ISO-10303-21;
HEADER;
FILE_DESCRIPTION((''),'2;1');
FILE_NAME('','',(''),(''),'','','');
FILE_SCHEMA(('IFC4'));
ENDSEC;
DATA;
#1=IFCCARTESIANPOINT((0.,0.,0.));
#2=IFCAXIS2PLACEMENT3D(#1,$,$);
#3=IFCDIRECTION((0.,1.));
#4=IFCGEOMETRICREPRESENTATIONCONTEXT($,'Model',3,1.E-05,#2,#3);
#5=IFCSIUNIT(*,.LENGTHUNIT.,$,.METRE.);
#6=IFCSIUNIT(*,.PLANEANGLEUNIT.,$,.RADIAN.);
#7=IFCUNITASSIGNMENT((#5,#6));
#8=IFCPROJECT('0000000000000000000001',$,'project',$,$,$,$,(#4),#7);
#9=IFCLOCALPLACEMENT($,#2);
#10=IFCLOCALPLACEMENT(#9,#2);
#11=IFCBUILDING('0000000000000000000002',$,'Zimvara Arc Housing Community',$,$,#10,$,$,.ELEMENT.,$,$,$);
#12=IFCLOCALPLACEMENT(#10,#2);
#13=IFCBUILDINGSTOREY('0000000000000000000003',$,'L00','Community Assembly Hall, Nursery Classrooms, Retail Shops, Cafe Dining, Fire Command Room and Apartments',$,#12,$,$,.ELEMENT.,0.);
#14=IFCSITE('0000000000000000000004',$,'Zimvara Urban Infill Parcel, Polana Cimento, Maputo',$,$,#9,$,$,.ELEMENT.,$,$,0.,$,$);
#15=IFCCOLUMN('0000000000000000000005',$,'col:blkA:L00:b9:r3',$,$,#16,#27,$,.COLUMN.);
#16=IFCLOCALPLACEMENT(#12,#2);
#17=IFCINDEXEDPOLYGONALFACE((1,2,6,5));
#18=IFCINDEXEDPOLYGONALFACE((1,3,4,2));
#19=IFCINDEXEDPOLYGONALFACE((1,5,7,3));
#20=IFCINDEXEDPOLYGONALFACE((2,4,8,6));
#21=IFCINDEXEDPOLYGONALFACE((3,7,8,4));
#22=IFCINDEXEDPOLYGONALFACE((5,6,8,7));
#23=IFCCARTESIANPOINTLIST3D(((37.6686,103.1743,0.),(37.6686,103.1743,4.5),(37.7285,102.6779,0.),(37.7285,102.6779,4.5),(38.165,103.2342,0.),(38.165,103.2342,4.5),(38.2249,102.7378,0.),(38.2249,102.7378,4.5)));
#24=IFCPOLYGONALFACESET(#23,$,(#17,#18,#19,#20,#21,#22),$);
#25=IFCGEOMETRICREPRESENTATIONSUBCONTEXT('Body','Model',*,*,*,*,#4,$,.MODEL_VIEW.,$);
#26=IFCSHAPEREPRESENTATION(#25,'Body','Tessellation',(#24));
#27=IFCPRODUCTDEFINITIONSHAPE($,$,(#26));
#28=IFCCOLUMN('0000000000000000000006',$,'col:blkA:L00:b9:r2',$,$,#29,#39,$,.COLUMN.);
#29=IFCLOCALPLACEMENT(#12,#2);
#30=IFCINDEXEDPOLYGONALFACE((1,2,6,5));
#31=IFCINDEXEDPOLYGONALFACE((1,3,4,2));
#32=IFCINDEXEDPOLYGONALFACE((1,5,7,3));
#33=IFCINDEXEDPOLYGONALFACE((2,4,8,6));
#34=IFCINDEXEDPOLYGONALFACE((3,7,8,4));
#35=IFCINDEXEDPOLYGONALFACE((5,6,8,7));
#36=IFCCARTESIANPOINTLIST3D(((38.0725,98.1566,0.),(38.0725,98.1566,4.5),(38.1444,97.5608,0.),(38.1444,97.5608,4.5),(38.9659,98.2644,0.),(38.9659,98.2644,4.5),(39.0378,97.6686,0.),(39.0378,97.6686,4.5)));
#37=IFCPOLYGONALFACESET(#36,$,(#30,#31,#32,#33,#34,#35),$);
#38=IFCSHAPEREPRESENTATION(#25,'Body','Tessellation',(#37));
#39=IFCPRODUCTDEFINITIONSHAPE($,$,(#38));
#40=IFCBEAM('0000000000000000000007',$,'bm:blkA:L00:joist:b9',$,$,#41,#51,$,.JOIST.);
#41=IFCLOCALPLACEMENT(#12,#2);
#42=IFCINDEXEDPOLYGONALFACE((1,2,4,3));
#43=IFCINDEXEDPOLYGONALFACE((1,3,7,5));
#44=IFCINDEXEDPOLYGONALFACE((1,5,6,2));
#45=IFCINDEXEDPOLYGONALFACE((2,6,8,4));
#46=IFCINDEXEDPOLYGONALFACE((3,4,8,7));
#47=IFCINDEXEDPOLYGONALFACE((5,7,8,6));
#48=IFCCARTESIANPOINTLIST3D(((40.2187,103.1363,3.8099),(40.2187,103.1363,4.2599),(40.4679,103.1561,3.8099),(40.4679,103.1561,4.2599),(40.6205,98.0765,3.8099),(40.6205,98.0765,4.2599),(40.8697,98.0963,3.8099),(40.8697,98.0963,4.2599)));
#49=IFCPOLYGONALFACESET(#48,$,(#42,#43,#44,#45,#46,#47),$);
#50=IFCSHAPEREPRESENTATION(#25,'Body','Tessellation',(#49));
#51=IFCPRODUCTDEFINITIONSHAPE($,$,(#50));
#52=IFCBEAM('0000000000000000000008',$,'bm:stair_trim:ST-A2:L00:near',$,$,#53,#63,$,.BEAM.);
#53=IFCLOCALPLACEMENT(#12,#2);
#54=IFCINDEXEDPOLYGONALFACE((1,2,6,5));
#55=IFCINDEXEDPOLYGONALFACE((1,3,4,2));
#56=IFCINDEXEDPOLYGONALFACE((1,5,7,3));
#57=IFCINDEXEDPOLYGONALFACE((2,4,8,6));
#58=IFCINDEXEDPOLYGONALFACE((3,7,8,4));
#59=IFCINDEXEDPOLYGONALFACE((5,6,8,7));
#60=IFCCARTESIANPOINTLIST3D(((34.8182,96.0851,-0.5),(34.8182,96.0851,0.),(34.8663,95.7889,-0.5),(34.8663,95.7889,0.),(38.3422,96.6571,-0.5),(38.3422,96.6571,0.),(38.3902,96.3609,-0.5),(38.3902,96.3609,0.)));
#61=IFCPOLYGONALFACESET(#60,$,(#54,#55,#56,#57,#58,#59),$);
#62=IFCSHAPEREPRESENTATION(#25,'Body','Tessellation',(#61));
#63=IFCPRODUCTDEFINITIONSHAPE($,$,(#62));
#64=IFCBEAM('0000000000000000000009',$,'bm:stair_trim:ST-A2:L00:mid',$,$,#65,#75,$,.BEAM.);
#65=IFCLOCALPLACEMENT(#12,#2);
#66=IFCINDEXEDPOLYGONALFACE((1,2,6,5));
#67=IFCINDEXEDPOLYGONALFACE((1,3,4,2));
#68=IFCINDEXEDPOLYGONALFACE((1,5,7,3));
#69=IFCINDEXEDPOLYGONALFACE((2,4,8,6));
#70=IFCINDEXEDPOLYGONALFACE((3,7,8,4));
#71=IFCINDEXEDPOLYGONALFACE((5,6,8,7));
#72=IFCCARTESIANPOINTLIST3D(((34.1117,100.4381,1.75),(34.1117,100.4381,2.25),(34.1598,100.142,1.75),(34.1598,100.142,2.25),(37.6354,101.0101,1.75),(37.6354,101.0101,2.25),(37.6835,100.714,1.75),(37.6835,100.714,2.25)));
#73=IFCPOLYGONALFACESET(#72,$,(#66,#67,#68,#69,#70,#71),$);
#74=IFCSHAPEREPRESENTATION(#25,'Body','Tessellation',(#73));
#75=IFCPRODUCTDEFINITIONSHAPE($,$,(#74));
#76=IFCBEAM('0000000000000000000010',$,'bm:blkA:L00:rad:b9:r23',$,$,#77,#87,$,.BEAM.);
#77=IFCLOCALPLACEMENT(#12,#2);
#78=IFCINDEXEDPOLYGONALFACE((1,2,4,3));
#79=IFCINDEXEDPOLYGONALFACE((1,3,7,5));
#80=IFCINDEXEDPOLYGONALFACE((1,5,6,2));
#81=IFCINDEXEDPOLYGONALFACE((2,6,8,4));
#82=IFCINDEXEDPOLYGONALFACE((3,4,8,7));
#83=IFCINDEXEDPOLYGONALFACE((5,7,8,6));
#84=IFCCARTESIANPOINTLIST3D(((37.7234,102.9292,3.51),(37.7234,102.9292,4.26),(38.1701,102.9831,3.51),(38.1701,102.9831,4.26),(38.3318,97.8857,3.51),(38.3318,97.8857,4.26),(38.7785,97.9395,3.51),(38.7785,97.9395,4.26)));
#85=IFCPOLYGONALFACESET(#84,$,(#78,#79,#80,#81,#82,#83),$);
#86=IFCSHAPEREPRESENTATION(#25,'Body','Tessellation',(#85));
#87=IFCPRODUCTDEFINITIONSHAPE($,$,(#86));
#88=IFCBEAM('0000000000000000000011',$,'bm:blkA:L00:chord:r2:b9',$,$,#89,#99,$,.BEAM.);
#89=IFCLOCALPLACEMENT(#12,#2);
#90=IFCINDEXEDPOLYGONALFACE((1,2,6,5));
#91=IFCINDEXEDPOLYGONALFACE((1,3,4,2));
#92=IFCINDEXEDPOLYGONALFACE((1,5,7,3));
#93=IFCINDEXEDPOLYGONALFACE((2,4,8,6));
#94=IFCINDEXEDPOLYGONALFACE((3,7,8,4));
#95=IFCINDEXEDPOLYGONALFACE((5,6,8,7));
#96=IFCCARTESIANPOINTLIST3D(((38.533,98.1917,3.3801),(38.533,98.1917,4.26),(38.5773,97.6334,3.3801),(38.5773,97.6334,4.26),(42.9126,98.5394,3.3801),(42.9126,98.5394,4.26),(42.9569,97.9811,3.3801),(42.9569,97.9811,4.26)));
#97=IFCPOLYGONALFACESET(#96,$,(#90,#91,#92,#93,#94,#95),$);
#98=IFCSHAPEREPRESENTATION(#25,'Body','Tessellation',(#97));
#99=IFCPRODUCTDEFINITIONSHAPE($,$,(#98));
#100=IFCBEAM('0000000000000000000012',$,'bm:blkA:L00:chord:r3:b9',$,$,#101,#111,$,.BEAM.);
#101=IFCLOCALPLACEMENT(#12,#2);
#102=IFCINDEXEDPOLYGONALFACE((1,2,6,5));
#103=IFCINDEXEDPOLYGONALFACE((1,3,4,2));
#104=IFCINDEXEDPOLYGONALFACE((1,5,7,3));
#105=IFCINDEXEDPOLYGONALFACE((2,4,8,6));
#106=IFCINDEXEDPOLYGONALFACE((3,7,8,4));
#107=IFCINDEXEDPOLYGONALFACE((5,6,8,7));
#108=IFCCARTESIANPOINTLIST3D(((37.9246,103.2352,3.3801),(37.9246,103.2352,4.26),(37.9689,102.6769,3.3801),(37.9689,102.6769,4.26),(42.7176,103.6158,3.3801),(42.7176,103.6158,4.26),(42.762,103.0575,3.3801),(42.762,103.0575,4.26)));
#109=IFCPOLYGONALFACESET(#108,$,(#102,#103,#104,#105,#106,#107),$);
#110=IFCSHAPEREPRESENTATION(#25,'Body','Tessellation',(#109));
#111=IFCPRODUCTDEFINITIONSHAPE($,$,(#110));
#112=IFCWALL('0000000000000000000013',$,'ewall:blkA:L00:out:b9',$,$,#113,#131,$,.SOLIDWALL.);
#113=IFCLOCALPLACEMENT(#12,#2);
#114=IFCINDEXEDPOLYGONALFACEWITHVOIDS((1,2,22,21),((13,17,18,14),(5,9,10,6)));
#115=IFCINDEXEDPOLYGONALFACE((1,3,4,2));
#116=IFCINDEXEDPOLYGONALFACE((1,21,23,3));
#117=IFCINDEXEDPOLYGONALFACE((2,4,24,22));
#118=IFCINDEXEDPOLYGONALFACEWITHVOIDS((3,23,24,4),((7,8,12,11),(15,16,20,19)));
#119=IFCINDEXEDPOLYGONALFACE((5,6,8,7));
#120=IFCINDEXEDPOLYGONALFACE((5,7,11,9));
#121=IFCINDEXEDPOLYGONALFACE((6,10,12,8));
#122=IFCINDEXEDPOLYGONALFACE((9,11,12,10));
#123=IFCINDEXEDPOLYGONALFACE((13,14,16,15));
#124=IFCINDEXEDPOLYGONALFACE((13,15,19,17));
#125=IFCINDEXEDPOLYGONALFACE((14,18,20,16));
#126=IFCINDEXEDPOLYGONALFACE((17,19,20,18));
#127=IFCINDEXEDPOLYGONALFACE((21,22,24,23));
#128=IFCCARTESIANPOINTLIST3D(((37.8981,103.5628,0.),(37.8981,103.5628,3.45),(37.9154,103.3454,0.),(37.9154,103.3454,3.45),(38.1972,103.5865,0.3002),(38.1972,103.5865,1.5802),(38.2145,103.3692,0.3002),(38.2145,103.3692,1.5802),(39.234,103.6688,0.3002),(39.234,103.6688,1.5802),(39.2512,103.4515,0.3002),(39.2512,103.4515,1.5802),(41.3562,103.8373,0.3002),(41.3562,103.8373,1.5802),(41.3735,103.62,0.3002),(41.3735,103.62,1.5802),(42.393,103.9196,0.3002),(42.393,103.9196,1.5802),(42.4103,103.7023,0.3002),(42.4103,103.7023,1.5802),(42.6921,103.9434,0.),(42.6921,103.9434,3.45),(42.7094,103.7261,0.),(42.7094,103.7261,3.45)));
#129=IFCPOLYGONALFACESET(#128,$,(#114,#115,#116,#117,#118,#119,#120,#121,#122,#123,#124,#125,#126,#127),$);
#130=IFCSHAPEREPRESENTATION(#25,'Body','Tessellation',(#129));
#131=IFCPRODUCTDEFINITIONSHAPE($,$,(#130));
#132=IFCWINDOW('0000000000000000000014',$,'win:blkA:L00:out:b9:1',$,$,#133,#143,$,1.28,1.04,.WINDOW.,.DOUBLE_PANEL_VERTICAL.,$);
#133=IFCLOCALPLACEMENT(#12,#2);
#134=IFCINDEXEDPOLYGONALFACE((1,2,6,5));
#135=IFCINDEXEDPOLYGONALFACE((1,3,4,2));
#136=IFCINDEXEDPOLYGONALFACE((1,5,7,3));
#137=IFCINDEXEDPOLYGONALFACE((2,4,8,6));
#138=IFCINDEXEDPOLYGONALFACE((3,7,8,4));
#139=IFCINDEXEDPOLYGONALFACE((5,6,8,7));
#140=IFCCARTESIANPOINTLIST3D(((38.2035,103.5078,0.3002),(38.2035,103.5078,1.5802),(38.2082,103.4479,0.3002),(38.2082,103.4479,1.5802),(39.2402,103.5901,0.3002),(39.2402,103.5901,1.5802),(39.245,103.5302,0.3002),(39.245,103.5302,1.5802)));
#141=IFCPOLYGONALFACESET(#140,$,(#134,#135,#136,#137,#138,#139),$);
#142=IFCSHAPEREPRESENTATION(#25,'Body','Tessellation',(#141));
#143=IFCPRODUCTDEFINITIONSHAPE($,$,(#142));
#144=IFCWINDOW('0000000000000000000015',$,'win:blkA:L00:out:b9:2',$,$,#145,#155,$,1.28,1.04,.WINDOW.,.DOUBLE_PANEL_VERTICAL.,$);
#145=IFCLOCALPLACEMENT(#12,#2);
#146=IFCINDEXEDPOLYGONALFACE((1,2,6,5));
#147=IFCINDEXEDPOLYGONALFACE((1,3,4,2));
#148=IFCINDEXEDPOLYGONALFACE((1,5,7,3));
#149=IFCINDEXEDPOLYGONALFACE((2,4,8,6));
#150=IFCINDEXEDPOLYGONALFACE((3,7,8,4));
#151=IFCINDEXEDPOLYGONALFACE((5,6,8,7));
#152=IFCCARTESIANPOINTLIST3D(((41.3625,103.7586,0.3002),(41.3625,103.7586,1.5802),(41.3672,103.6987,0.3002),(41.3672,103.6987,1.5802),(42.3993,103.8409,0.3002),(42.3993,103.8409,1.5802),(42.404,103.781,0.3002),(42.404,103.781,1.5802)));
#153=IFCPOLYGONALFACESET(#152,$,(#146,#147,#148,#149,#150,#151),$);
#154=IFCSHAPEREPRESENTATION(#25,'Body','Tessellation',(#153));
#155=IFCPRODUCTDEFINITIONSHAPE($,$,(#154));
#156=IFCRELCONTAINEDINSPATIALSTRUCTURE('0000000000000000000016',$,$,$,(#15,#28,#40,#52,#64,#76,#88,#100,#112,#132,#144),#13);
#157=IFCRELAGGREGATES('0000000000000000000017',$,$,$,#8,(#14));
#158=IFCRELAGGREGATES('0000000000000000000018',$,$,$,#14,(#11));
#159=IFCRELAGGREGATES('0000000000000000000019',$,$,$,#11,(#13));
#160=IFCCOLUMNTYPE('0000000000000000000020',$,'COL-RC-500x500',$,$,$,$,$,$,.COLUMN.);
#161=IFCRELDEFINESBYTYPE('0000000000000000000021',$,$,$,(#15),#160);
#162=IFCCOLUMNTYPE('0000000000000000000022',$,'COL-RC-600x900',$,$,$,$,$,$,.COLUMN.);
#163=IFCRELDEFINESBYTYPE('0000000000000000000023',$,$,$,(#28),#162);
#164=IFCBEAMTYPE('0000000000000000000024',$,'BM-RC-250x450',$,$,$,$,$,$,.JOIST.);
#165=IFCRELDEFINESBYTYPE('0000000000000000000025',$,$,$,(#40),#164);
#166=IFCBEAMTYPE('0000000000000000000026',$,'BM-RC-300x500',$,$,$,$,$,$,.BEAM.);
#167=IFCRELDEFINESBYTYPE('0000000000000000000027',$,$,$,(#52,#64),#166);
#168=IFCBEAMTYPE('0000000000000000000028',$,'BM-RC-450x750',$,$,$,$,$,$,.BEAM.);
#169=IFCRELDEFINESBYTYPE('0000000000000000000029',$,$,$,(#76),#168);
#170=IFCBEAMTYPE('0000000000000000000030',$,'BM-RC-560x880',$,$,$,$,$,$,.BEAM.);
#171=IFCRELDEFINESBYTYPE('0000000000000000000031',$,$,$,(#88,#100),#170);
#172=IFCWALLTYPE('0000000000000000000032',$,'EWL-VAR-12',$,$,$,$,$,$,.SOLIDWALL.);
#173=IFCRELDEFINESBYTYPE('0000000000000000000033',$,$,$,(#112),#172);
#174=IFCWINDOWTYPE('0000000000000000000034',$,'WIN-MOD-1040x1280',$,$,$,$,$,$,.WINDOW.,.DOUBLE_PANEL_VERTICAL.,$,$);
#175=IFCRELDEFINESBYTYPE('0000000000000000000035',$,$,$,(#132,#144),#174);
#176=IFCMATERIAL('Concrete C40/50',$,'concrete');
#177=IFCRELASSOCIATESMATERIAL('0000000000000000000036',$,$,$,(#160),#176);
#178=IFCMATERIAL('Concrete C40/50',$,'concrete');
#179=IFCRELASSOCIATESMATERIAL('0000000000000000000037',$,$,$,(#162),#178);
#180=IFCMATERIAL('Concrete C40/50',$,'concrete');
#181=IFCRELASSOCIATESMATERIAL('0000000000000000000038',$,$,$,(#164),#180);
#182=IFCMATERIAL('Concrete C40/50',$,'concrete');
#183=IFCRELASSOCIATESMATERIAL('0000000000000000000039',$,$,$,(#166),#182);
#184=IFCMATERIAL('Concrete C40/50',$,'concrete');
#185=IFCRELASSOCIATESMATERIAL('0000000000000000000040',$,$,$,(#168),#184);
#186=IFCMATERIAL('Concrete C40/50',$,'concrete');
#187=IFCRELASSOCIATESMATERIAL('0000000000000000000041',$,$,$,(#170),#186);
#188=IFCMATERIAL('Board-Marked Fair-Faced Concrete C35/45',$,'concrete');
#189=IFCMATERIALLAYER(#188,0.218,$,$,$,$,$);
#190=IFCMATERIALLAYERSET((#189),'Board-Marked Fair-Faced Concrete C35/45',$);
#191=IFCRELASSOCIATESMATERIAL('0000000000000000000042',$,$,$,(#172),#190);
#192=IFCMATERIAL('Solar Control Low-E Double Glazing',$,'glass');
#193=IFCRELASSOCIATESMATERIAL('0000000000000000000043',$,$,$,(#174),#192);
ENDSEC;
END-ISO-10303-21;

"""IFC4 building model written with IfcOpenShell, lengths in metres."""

from ifc_helpers import new_model, si_unit, direction, frame, frame_2d, origin, origin_2d, place, context, subcontext, project, spatial, rectangle, extrude, material, layer, layer_set, material_profile, profile_set, type_object, element, fill, save


model = new_model("IFC4")

# Units and contexts
model_context = context("Model", 3, precision=1e-05, world=origin(), true_north=direction((0.0, 1.0)))
body_context = subcontext(model_context, "Body", "Model", "MODEL_VIEW")
ifc_project = project(units=[si_unit("LENGTHUNIT", "METRE"), si_unit("PLANEANGLEUNIT", "RADIAN")], contexts=[model_context])

# Site, building, storey
site_placement = place(None, origin())
site = spatial("IfcSite", under=ifc_project, at=site_placement, Name="Zimvara Urban Infill Parcel, Polana Cimento, Maputo", CompositionType="ELEMENT", RefElevation=0.0)
building_placement = place(site_placement, origin())
building = spatial("IfcBuilding", under=site, at=building_placement, Name="Zimvara Arc Housing Community", CompositionType="ELEMENT")
storey_placement = place(building_placement, origin())
storey = spatial("IfcBuildingStorey", under=building, at=storey_placement, Name="L00", Description="Community Assembly Hall, Nursery Classrooms, Retail Shops, Cafe Dining, Fire Command Room and Apartments", CompositionType="ELEMENT", Elevation=0.0)

# Columns
ifc_material_1 = material(Name="Concrete C40/50", Category="concrete")
ifc_material_profile_1 = material_profile(ifc_material_1, rectangle(XDim=0.5, YDim=0.5, at=origin_2d()), Name="RC 500x500")
ifc_profile_set_1 = profile_set([ifc_material_profile_1], Name="Concrete C40/50")
column_type_1 = type_object("IfcColumnType", Name="COL-RC-500x500", PredefinedType="COLUMN", material=ifc_profile_set_1)
column_1_placement = place(storey_placement, frame((37.9468, 102.9561, 0.0), z_axis=(0.0, 0.0, 1.0), x_axis=(-0.11979, 0.992799, 0.0)))
element("IfcColumn", 1, at=column_1_placement, inside=storey, type_object=column_type_1, Name="col:blkA:L00:b9:r3", PredefinedType="COLUMN", context=body_context, shape_type="SweptSolid", body=[
    extrude(rectangle(XDim=0.5, YDim=0.5, at=origin_2d()), origin(), (0.0, 0.0, 1.0), 4.5),
])
ifc_material_2 = material(Name="Concrete C40/50", Category="concrete")
ifc_material_profile_2 = material_profile(ifc_material_2, rectangle(XDim=0.6001, YDim=0.8999, at=origin_2d()), Name="RC 600x900")
ifc_profile_set_2 = profile_set([ifc_material_profile_2], Name="Concrete C40/50")
column_type_2 = type_object("IfcColumnType", Name="COL-RC-600x900", PredefinedType="COLUMN", material=ifc_profile_set_2)
column_2_placement = place(storey_placement, frame((38.5552, 97.9126, 0.0), z_axis=(0.0, 0.0, 1.0), x_axis=(-0.11979, 0.992799, 0.0)))
element("IfcColumn", 2, at=column_2_placement, inside=storey, type_object=column_type_2, Name="col:blkA:L00:b9:r2", PredefinedType="COLUMN", context=body_context, shape_type="SweptSolid", body=[
    extrude(rectangle(XDim=0.6001, YDim=0.8999, at=origin_2d()), origin(), (0.0, 0.0, 1.0), 4.5),
])

# Beams
ifc_material_3 = material(Name="Concrete C40/50", Category="concrete")
ifc_material_profile_3 = material_profile(ifc_material_3, rectangle(XDim=0.25, YDim=0.45, at=origin_2d()), Name="RC 250x450")
ifc_profile_set_3 = profile_set([ifc_material_profile_3], Name="Concrete C40/50")
beam_type_1 = type_object("IfcBeamType", Name="BM-RC-250x450", PredefinedType="JOIST", material=ifc_profile_set_3)
beam_1_placement = place(storey_placement, frame((40.7451, 98.0864, 4.0349), z_axis=(-0.079172, 0.996861, 0.0), x_axis=(-0.996861, -0.079172, 0.0)))
element("IfcBeam", 3, at=beam_1_placement, inside=storey, type_object=beam_type_1, Name="bm:blkA:L00:joist:b9", PredefinedType="JOIST", context=body_context, shape_type="SweptSolid", body=[
    extrude(rectangle(XDim=0.25, YDim=0.45, at=origin_2d()), origin(), (0.0, 0.0, 1.0), 5.0757),
])
ifc_material_4 = material(Name="Concrete C40/50", Category="concrete")
ifc_material_profile_4 = material_profile(ifc_material_4, rectangle(XDim=0.3, YDim=0.5, at=origin_2d()), Name="RC 300x500")
ifc_profile_set_4 = profile_set([ifc_material_profile_4], Name="Concrete C40/50")
beam_type_2 = type_object("IfcBeamType", Name="BM-RC-300x500", PredefinedType="BEAM", material=ifc_profile_set_4)
beam_2_placement = place(storey_placement, frame((38.3662, 96.509, -0.25), z_axis=(-0.98708, -0.160228, 0.0), x_axis=(0.160228, -0.98708, 0.0)))
element("IfcBeam", 4, at=beam_2_placement, inside=storey, type_object=beam_type_2, Name="bm:stair_trim:ST-A2:L00:near", PredefinedType="BEAM", context=body_context, shape_type="SweptSolid", body=[
    extrude(rectangle(XDim=0.3, YDim=0.5, at=origin_2d()), origin(), (0.0, 0.0, 1.0), 3.5701),
])
beam_3_placement = place(storey_placement, frame((37.6594, 100.8621, 2.0), z_axis=(-0.987078, -0.160239, 0.0), x_axis=(0.160239, -0.987078, 0.0)))
element("IfcBeam", 5, at=beam_3_placement, inside=storey, type_object=beam_type_2, Name="bm:stair_trim:ST-A2:L00:mid", PredefinedType="BEAM", context=body_context, shape_type="SweptSolid", body=[
    extrude(rectangle(XDim=0.3, YDim=0.5, at=origin_2d()), origin(), (0.0, 0.0, 1.0), 3.5698),
])
ifc_material_5 = material(Name="Concrete C40/50", Category="concrete")
ifc_material_profile_5 = material_profile(ifc_material_5, rectangle(XDim=0.45, YDim=0.75, at=origin_2d()), Name="RC 450x750")
ifc_profile_set_5 = profile_set([ifc_material_profile_5], Name="Concrete C40/50")
beam_type_3 = type_object("IfcBeamType", Name="BM-RC-450x750", PredefinedType="BEAM", material=ifc_profile_set_5)
beam_4_placement = place(storey_placement, frame((38.5552, 97.9126, 3.885), z_axis=(-0.119763, 0.992803, 0.0), x_axis=(-0.992803, -0.119763, 0.0)))
element("IfcBeam", 6, at=beam_4_placement, inside=storey, type_object=beam_type_3, Name="bm:blkA:L00:rad:b9:r23", PredefinedType="BEAM", context=body_context, shape_type="SweptSolid", body=[
    extrude(rectangle(XDim=0.45, YDim=0.75, at=origin_2d()), origin(), (0.0, 0.0, 1.0), 5.0801),
])
ifc_material_6 = material(Name="Concrete C40/50", Category="concrete")
ifc_material_profile_6 = material_profile(ifc_material_6, rectangle(XDim=0.5601, YDim=0.8799, at=origin_2d()), Name="RC 560x880")
ifc_profile_set_6 = profile_set([ifc_material_profile_6], Name="Concrete C40/50")
beam_type_4 = type_object("IfcBeamType", Name="BM-RC-560x880", PredefinedType="BEAM", material=ifc_profile_set_6)
beam_5_placement = place(storey_placement, frame((38.5552, 97.9126, 3.8201), z_axis=(0.996864, 0.079131, 0.0), x_axis=(-0.079131, 0.996864, 0.0)))
element("IfcBeam", 7, at=beam_5_placement, inside=storey, type_object=beam_type_4, Name="bm:blkA:L00:chord:r2:b9", PredefinedType="BEAM", context=body_context, shape_type="SweptSolid", body=[
    extrude(rectangle(XDim=0.5601, YDim=0.8799, at=origin_2d()), origin(), (0.0, 0.0, 1.0), 4.3933),
])
beam_6_placement = place(storey_placement, frame((37.9468, 102.9561, 3.8201), z_axis=(0.996862, 0.079162, 0.0), x_axis=(-0.079162, 0.996862, 0.0)))
element("IfcBeam", 8, at=beam_6_placement, inside=storey, type_object=beam_type_4, Name="bm:blkA:L00:chord:r3:b9", PredefinedType="BEAM", context=body_context, shape_type="SweptSolid", body=[
    extrude(rectangle(XDim=0.5601, YDim=0.8799, at=origin_2d()), origin(), (0.0, 0.0, 1.0), 4.8081),
])

# Wall, openings, windows
ifc_material_7 = material(Name="Board-Marked Fair-Faced Concrete C35/45", Category="concrete")
ifc_layer_1 = layer(ifc_material_7, 0.218)
ifc_layer_set_1 = layer_set([ifc_layer_1], Name="Board-Marked Fair-Faced Concrete C35/45")
wall_type_1 = type_object("IfcWallType", Name="EWL-VAR-12", PredefinedType="SOLIDWALL", material=ifc_layer_set_1)
wall_1_placement = place(storey_placement, frame((37.9067, 103.4541, 0.0), z_axis=(0.0, 0.0, 1.0), x_axis=(0.996863, 0.079146, 0.0)))
wall_1 = element("IfcWall", 9, at=wall_1_placement, inside=storey, type_object=wall_type_1, Name="ewall:blkA:L00:out:b9", PredefinedType="SOLIDWALL", context=body_context, shape_type="SweptSolid", body=[
    extrude(rectangle(XDim=4.8091, YDim=0.218, at=frame_2d((2.4045, 0.0))), origin(), (0.0, 0.0, 1.0), 3.45),
])
opening_1_placement = place(wall_1_placement, frame((0.3, 0.0, 0.3)))
opening_1 = element("IfcOpeningElement", 10, at=opening_1_placement, cuts=wall_1, PredefinedType="OPENING", context=body_context, shape_type="SweptSolid", body=[
    extrude(rectangle(XDim=1.04, YDim=1.28, at=frame_2d((0.52, 0.6401))), frame((0.0, 0.1189, 0.0), z_axis=(0.0, -1.0, 0.0), x_axis=(1.0, 0.0, 0.0)), (0.0, 0.0, 1.0), 0.238),
])
opening_2_placement = place(wall_1_placement, frame((3.469, 0.0, 0.3)))
opening_2 = element("IfcOpeningElement", 11, at=opening_2_placement, cuts=wall_1, PredefinedType="OPENING", context=body_context, shape_type="SweptSolid", body=[
    extrude(rectangle(XDim=1.04, YDim=1.28, at=frame_2d((0.52, 0.6401))), frame((0.0, 0.1189, 0.0), z_axis=(0.0, -1.0, 0.0), x_axis=(1.0, 0.0, 0.0)), (0.0, 0.0, 1.0), 0.238),
])
ifc_material_8 = material(Name="Solar Control Low-E Double Glazing", Category="glass")
window_type = type_object("IfcWindowType", Name="WIN-MOD-1040x1280", PartitioningType="DOUBLE_PANEL_VERTICAL", PredefinedType="WINDOW", material=ifc_material_8)
window_1_placement = place(opening_1_placement, origin())
window_1 = element("IfcWindow", 12, at=window_1_placement, inside=storey, type_object=window_type, Name="win:blkA:L00:out:b9:1", OverallHeight=1.28, OverallWidth=1.04, PartitioningType="DOUBLE_PANEL_VERTICAL", PredefinedType="WINDOW", context=body_context, shape_type="SweptSolid", body=[
    extrude(rectangle(XDim=1.04, YDim=1.28, at=frame_2d((0.52, 0.6401))), frame((0.0, 0.03, 0.0), z_axis=(0.0, -1.0, 0.0), x_axis=(1.0, 0.0, 0.0)), (0.0, 0.0, 1.0), 0.0601),
])
fill(opening_1, window_1)
window_2_placement = place(opening_2_placement, origin())
window_2 = element("IfcWindow", 13, at=window_2_placement, inside=storey, type_object=window_type, Name="win:blkA:L00:out:b9:2", OverallHeight=1.28, OverallWidth=1.04, PartitioningType="DOUBLE_PANEL_VERTICAL", PredefinedType="WINDOW", context=body_context, shape_type="SweptSolid", body=[
    extrude(rectangle(XDim=1.04, YDim=1.28, at=frame_2d((0.52, 0.6401))), frame((0.0, 0.03, 0.0), z_axis=(0.0, -1.0, 0.0), x_axis=(1.0, 0.0, 0.0)), (0.0, 0.0, 1.0), 0.0601),
])
fill(opening_2, window_2)

save(model, "model.ifc")
